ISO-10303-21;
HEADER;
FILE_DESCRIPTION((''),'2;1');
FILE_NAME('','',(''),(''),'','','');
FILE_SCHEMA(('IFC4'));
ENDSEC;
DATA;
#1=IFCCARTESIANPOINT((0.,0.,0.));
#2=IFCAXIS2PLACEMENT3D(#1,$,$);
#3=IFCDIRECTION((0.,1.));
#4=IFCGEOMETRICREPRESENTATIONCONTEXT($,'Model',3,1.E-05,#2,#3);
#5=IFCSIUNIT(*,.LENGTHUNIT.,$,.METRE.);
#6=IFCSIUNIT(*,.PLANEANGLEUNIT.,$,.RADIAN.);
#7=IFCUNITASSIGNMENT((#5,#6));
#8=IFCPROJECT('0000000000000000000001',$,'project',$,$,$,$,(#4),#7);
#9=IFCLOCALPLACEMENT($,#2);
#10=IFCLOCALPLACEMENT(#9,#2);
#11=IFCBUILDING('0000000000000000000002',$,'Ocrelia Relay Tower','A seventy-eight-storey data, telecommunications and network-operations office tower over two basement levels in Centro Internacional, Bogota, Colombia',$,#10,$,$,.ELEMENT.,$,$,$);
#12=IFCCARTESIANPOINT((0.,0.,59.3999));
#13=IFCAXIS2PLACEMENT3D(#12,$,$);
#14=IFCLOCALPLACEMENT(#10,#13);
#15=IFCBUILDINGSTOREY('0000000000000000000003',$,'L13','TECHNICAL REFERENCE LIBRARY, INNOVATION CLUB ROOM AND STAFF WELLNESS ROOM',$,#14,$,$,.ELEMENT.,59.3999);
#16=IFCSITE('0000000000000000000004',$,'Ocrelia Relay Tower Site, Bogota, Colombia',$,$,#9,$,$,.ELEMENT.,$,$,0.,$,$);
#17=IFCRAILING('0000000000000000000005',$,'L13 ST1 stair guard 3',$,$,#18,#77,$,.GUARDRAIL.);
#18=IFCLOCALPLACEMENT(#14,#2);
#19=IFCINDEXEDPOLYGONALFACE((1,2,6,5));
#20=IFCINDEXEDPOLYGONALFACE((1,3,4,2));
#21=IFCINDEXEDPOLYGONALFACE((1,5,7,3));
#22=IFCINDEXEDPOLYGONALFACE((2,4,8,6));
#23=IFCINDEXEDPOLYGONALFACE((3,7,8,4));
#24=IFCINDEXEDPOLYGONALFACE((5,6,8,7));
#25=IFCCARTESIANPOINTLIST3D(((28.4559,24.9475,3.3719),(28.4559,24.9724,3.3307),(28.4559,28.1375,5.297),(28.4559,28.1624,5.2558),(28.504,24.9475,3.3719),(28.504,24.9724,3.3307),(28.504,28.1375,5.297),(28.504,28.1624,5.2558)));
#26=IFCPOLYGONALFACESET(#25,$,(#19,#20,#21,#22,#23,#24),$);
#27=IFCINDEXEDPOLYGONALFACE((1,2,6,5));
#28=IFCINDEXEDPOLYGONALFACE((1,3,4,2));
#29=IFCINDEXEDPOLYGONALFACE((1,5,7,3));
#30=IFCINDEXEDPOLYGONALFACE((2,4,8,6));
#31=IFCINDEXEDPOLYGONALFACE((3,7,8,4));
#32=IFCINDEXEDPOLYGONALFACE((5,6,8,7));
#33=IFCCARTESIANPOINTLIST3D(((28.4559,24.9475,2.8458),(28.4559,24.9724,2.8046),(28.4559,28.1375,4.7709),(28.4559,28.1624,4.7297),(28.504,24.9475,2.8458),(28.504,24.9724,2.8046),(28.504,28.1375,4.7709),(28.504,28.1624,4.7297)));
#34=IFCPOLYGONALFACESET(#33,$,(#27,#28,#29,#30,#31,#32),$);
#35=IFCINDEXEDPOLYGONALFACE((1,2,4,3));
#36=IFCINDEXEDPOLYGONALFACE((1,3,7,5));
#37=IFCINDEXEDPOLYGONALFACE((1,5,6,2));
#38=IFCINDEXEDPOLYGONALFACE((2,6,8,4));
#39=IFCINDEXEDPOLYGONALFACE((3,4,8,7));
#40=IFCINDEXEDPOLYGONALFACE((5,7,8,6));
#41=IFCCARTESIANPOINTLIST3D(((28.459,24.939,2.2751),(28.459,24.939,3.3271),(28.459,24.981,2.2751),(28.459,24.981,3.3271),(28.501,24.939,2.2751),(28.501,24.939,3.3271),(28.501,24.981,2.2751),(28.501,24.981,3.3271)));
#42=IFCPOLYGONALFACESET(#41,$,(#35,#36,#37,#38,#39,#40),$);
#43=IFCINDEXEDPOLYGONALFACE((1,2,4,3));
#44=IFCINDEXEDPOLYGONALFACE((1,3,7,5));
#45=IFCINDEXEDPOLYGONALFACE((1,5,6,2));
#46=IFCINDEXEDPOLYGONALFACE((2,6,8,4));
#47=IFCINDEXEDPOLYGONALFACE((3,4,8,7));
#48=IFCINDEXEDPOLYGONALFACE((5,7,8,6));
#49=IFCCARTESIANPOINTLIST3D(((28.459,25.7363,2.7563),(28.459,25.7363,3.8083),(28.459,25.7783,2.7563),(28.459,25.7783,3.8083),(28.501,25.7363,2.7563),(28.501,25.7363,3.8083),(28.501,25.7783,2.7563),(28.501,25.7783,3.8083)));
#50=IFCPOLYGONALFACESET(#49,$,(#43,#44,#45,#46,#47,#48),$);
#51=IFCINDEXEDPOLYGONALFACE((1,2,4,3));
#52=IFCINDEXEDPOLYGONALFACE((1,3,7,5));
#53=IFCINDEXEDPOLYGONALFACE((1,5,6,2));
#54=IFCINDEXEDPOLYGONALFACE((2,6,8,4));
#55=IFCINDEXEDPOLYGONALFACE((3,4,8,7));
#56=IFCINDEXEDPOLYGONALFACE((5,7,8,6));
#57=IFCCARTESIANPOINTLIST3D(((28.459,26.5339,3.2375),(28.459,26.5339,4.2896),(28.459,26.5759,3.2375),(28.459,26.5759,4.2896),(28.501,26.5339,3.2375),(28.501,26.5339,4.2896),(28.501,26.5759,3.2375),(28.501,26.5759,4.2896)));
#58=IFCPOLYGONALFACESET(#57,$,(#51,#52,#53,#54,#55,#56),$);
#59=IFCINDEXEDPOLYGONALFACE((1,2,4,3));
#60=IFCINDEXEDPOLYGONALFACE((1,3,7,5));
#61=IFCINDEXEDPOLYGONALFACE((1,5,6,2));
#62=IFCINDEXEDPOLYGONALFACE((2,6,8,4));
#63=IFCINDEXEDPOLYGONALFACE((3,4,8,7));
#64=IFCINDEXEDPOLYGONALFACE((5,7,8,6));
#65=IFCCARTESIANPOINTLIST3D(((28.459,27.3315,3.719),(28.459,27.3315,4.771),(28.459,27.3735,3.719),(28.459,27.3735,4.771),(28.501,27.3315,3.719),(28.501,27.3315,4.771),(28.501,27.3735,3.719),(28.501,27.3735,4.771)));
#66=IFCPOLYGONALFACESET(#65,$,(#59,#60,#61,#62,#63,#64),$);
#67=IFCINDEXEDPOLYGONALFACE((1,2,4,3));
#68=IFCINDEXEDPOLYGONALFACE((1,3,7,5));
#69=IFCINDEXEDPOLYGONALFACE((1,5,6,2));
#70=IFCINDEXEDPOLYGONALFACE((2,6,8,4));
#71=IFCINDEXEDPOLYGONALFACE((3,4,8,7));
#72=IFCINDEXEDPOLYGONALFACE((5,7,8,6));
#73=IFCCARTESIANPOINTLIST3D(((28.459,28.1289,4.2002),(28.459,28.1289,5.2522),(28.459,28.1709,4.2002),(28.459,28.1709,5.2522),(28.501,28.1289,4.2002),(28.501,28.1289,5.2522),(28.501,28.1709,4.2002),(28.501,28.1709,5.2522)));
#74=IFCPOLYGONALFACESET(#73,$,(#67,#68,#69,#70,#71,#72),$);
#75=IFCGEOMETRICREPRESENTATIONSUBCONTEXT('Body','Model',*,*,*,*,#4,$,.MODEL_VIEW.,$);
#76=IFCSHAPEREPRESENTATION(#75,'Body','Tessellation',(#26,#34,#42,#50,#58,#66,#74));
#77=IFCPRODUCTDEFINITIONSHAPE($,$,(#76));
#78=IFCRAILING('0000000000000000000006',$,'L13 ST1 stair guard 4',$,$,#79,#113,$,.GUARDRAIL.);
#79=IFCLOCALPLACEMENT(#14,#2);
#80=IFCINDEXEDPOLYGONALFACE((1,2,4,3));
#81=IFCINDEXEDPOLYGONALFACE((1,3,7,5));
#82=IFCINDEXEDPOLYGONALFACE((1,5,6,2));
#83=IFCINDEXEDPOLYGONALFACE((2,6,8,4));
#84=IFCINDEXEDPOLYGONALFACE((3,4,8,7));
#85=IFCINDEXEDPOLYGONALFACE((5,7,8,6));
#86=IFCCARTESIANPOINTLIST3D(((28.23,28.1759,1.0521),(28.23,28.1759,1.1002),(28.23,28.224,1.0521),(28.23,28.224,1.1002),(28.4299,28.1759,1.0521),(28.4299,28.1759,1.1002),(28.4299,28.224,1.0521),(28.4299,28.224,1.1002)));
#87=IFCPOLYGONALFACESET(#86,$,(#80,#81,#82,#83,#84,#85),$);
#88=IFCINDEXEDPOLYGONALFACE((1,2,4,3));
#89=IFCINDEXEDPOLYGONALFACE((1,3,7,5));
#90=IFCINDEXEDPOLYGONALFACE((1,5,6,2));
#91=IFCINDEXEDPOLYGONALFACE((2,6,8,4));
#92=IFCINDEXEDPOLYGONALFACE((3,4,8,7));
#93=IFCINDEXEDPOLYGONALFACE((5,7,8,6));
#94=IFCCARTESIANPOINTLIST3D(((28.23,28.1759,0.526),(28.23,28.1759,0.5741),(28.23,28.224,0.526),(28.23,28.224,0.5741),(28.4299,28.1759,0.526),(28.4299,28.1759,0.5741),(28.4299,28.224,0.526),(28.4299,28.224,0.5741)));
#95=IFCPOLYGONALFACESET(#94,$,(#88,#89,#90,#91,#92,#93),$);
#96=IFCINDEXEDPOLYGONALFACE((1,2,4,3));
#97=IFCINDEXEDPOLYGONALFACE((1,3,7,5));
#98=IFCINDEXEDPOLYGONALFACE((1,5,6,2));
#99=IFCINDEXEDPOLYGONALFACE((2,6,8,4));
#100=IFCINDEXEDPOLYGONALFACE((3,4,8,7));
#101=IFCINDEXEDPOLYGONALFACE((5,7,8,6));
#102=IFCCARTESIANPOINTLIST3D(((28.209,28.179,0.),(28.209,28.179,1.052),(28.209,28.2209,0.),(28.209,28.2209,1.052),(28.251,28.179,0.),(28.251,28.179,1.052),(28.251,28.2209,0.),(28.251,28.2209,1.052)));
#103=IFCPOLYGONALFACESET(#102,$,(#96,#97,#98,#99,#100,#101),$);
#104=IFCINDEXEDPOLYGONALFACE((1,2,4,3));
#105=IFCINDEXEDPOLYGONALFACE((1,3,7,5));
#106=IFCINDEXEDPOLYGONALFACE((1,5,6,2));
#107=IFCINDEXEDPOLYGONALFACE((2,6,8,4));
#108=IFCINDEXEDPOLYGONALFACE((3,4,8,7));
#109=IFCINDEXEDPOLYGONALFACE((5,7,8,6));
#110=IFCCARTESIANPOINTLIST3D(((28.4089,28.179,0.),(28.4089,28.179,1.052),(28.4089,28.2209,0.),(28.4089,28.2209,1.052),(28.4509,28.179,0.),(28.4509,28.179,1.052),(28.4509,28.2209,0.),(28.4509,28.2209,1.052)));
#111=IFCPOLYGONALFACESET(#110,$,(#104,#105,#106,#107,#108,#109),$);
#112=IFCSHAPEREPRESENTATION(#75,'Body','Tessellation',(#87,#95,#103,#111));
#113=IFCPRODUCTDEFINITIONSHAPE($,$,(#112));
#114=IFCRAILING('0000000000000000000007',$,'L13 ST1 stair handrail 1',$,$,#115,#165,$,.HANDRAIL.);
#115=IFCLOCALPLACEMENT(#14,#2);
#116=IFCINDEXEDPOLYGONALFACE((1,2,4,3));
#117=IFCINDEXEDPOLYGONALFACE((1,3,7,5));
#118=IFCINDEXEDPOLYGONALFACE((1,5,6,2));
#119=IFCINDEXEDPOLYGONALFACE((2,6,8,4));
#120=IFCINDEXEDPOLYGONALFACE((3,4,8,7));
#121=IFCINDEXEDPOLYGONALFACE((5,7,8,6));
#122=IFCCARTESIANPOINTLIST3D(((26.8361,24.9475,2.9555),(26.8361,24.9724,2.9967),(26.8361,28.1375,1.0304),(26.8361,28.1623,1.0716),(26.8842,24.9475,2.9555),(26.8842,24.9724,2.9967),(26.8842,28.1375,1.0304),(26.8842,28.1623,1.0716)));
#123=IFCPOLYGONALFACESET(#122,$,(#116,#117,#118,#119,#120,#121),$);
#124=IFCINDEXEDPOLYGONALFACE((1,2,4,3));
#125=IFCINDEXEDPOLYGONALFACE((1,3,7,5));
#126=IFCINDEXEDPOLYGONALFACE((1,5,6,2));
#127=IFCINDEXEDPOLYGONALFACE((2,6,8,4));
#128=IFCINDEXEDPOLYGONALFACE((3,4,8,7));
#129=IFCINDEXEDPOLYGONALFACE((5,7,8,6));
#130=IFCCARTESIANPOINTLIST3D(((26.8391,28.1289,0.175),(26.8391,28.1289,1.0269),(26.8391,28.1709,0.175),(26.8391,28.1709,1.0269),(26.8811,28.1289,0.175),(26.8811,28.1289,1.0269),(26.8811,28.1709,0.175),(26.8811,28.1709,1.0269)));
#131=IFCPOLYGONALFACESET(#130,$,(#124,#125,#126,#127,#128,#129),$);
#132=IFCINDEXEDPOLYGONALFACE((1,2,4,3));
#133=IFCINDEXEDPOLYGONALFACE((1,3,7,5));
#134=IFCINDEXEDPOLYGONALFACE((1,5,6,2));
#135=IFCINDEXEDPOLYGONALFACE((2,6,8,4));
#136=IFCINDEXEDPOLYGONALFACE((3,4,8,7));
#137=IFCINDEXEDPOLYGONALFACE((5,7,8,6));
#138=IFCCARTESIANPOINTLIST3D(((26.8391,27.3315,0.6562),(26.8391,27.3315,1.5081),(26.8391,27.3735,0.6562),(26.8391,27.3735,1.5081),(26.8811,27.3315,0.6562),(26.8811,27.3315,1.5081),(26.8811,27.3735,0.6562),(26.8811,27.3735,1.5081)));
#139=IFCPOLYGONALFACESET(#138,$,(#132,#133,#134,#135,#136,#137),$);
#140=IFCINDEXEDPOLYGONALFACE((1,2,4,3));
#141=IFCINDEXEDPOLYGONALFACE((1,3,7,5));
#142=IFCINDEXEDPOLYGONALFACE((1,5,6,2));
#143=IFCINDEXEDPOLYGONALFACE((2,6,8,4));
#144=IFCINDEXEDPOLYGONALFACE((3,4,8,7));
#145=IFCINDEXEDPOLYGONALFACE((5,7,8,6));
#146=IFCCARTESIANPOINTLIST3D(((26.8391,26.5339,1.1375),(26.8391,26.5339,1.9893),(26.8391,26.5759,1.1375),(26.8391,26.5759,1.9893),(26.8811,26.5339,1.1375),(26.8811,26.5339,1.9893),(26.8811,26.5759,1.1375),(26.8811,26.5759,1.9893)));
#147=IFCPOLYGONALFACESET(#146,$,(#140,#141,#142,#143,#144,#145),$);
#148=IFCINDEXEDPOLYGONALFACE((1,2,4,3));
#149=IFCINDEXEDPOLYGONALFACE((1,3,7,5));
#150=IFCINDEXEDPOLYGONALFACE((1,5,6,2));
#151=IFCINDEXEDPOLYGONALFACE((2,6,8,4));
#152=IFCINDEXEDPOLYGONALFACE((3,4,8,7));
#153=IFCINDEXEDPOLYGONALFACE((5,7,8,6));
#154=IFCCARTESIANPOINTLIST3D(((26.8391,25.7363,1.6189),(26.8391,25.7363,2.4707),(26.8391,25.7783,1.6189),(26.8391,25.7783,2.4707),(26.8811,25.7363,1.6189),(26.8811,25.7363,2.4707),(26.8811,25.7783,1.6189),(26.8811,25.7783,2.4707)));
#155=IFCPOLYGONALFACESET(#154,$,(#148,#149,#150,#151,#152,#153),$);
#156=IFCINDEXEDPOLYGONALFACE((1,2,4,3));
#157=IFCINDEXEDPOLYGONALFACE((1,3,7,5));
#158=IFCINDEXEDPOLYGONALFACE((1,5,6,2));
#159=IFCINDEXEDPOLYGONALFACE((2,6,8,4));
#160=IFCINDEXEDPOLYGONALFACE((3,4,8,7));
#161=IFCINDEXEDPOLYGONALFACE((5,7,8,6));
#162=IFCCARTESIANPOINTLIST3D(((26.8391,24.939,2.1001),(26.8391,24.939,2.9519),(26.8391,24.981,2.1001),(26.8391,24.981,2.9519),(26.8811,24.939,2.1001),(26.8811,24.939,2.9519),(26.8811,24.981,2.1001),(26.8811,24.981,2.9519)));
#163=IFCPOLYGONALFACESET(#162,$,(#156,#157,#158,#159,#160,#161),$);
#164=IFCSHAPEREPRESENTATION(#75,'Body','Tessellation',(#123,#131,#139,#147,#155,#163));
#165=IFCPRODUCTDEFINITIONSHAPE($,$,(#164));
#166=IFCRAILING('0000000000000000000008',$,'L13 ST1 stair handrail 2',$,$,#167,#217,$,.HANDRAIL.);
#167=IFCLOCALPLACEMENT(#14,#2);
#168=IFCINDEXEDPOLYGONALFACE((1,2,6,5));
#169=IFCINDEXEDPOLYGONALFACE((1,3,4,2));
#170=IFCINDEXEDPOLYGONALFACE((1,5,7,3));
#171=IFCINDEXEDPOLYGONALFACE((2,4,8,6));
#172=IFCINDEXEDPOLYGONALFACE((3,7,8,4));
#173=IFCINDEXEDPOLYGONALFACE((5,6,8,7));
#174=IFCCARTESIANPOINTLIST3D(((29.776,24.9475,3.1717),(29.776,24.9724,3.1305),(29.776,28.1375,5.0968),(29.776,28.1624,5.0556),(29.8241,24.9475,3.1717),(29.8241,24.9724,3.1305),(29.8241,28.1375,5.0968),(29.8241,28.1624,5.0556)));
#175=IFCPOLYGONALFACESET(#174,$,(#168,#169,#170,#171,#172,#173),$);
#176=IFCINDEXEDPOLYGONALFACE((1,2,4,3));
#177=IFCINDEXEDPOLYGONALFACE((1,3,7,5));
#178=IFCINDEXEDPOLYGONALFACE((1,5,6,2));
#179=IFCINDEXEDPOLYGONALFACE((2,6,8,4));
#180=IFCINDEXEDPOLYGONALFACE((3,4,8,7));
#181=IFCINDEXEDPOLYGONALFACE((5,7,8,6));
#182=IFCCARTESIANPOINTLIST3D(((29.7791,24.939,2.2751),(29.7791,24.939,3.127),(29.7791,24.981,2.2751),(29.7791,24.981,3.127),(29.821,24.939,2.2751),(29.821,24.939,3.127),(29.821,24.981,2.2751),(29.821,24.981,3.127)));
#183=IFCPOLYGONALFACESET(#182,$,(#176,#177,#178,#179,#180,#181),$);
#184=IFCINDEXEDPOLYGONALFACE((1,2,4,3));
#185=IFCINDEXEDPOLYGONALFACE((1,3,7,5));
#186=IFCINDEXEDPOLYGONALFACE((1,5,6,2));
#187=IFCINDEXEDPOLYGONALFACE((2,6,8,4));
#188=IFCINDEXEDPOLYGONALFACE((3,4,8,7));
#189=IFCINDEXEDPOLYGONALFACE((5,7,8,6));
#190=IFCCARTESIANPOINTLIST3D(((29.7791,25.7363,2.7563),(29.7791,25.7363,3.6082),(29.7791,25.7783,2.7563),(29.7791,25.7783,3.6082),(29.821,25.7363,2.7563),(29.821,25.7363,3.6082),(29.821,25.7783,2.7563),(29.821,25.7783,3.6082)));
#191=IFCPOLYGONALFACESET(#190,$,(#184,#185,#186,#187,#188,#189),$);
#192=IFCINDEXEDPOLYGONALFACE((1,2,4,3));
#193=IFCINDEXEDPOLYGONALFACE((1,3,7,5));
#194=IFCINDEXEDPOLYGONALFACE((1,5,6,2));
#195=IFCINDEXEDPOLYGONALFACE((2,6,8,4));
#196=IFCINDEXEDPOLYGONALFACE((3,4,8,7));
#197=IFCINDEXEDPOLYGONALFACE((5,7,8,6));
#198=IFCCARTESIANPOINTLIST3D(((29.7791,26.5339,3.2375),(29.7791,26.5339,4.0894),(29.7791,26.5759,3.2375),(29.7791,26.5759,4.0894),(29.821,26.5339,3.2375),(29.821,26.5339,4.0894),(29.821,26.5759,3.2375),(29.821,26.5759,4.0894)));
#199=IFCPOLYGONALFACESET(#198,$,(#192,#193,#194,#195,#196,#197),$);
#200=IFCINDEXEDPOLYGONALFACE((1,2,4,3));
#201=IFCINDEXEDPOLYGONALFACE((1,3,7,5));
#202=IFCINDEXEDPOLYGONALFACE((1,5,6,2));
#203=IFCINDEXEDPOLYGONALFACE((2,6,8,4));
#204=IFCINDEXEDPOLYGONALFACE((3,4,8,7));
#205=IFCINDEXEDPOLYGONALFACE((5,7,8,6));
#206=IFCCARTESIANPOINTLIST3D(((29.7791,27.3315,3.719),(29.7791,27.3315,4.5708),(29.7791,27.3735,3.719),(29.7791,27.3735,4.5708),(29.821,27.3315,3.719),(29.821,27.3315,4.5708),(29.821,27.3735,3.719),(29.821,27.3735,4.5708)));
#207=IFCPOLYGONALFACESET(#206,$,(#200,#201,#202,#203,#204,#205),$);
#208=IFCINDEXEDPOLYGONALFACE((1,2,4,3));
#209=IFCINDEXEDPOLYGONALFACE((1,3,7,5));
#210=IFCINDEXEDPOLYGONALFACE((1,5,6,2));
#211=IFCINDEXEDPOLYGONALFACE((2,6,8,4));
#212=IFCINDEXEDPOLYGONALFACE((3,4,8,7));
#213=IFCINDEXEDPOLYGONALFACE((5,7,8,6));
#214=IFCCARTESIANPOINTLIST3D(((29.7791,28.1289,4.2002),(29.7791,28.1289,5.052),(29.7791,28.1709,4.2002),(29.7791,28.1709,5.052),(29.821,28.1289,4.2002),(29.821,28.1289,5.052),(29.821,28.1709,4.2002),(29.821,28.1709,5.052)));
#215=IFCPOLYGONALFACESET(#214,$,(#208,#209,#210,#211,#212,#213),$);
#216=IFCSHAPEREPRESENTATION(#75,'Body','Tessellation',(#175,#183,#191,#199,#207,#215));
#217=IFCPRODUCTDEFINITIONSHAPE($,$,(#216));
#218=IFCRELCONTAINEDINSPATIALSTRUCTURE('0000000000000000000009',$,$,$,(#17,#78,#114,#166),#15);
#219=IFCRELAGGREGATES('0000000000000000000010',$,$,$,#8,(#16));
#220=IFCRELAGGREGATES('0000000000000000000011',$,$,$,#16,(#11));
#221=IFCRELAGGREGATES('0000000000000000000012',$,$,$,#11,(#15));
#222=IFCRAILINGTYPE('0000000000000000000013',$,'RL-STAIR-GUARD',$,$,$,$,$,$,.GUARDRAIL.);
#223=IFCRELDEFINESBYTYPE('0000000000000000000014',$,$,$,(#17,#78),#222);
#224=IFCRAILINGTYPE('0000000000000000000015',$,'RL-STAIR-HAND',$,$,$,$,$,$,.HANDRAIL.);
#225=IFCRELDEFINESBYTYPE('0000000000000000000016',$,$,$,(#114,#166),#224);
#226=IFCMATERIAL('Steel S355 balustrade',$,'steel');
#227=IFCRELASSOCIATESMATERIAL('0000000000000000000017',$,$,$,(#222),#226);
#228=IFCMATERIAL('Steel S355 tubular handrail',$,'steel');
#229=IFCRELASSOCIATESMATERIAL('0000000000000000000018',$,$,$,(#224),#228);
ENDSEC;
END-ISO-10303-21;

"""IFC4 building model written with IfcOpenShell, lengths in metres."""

from ifc_helpers import new_model, si_unit, direction, frame, origin, origin_2d, place, context, subcontext, project, spatial, rectangle, extrude, material, type_object, element, save


model = new_model("IFC4")

# Units and contexts
model_context = context("Model", 3, precision=1e-05, world=origin(), true_north=direction((0.0, 1.0)))
body_context = subcontext(model_context, "Body", "Model", "MODEL_VIEW")
ifc_project = project(units=[si_unit("LENGTHUNIT", "METRE"), si_unit("PLANEANGLEUNIT", "RADIAN")], contexts=[model_context])

# Site, building, storey
site_placement = place(None, origin())
site = spatial("IfcSite", under=ifc_project, at=site_placement, Name="Ocrelia Relay Tower Site, Bogota, Colombia", CompositionType="ELEMENT", RefElevation=0.0)
building_placement = place(site_placement, origin())
building = spatial("IfcBuilding", under=site, at=building_placement, Name="Ocrelia Relay Tower", Description="A seventy-eight-storey data, telecommunications and network-operations office tower over two basement levels in Centro Internacional, Bogota, Colombia", CompositionType="ELEMENT")
storey_placement = place(building_placement, frame((0.0, 0.0, 59.3999)))
storey = spatial("IfcBuildingStorey", under=building, at=storey_placement, Name="L13", Description="TECHNICAL REFERENCE LIBRARY, INNOVATION CLUB ROOM AND STAFF WELLNESS ROOM", CompositionType="ELEMENT", Elevation=59.3999)

# Railings
ifc_material_1 = material(Name="Steel S355 balustrade", Category="steel")
railing_type_1 = type_object("IfcRailingType", Name="RL-STAIR-GUARD", PredefinedType="GUARDRAIL", material=ifc_material_1)
railing_1_placement = place(storey_placement, frame((28.48, 24.96, 2.2751)))
element("IfcRailing", 1, at=railing_1_placement, inside=storey, type_object=railing_type_1, Name="L13 ST1 stair guard 3", PredefinedType="GUARDRAIL", context=body_context, shape_type="SweptSolid", body=[
    extrude(rectangle(XDim=0.0481, YDim=0.0481, at=origin_2d()), frame((0.0, 0.0, 1.0762), z_axis=(0.0, 0.856178, 0.516682), x_axis=(-1.0, 0.0, 0.0)), (0.0, 0.0, 1.0), 3.7258),
    extrude(rectangle(XDim=0.0481, YDim=0.0481, at=origin_2d()), frame((0.0, 0.0, 0.55), z_axis=(0.0, 0.856178, 0.516682), x_axis=(-1.0, 0.0, 0.0)), (0.0, 0.0, 1.0), 3.7258),
    extrude(rectangle(XDim=0.042, YDim=0.042, at=origin_2d()), origin(), (0.0, 0.0, 1.0), 1.052),
    extrude(rectangle(XDim=0.042, YDim=0.042, at=origin_2d()), frame((0.0, 0.7974, 0.4812)), (0.0, 0.0, 1.0), 1.052),
    extrude(rectangle(XDim=0.042, YDim=0.042, at=origin_2d()), frame((0.0, 1.595, 0.9624)), (0.0, 0.0, 1.0), 1.052),
    extrude(rectangle(XDim=0.042, YDim=0.042, at=origin_2d()), frame((0.0, 2.3926, 1.4438)), (0.0, 0.0, 1.0), 1.052),
    extrude(rectangle(XDim=0.042, YDim=0.042, at=origin_2d()), frame((0.0, 3.1899, 1.925)), (0.0, 0.0, 1.0), 1.052),
])
railing_2_placement = place(storey_placement, frame((28.23, 28.2, 0.0)))
element("IfcRailing", 2, at=railing_2_placement, inside=storey, type_object=railing_type_1, Name="L13 ST1 stair guard 4", PredefinedType="GUARDRAIL", context=body_context, shape_type="SweptSolid", body=[
    extrude(rectangle(XDim=0.0481, YDim=0.0481, at=origin_2d()), frame((0.0, 0.0, 1.0762), z_axis=(1.0, 0.0, 0.0), x_axis=(0.0, 1.0, 0.0)), (0.0, 0.0, 1.0), 0.2),
    extrude(rectangle(XDim=0.0481, YDim=0.0481, at=origin_2d()), frame((0.0, 0.0, 0.55), z_axis=(1.0, 0.0, 0.0), x_axis=(0.0, 1.0, 0.0)), (0.0, 0.0, 1.0), 0.2),
    extrude(rectangle(XDim=0.042, YDim=0.042, at=origin_2d()), origin(), (0.0, 0.0, 1.0), 1.052),
    extrude(rectangle(XDim=0.042, YDim=0.042, at=origin_2d()), frame((0.2, 0.0, 0.0)), (0.0, 0.0, 1.0), 1.052),
])
ifc_material_2 = material(Name="Steel S355 tubular handrail", Category="steel")
railing_type_2 = type_object("IfcRailingType", Name="RL-STAIR-HAND", PredefinedType="HANDRAIL", material=ifc_material_2)
railing_3_placement = place(storey_placement, frame((26.8601, 28.1499, 0.175)))
element("IfcRailing", 3, at=railing_3_placement, inside=storey, type_object=railing_type_2, Name="L13 ST1 stair handrail 1", PredefinedType="HANDRAIL", context=body_context, shape_type="SweptSolid", body=[
    extrude(rectangle(XDim=0.0481, YDim=0.0481, at=origin_2d()), frame((0.0, 0.0, 0.876), z_axis=(0.0, -0.856178, 0.516682), x_axis=(1.0, 0.0, 0.0)), (0.0, 0.0, 1.0), 3.7258),
    extrude(rectangle(XDim=0.042, YDim=0.042, at=origin_2d()), origin(), (0.0, 0.0, 1.0), 0.8518),
    extrude(rectangle(XDim=0.042, YDim=0.042, at=origin_2d()), frame((0.0, -0.7974, 0.4812)), (0.0, 0.0, 1.0), 0.8518),
    extrude(rectangle(XDim=0.042, YDim=0.042, at=origin_2d()), frame((0.0, -1.595, 0.9624)), (0.0, 0.0, 1.0), 0.8518),
    extrude(rectangle(XDim=0.042, YDim=0.042, at=origin_2d()), frame((0.0, -2.3926, 1.4438)), (0.0, 0.0, 1.0), 0.8518),
    extrude(rectangle(XDim=0.042, YDim=0.042, at=origin_2d()), frame((0.0, -3.1899, 1.925)), (0.0, 0.0, 1.0), 0.8518),
])
railing_4_placement = place(storey_placement, frame((29.8, 24.96, 2.2751)))
element("IfcRailing", 4, at=railing_4_placement, inside=storey, type_object=railing_type_2, Name="L13 ST1 stair handrail 2", PredefinedType="HANDRAIL", context=body_context, shape_type="SweptSolid", body=[
    extrude(rectangle(XDim=0.0481, YDim=0.0481, at=origin_2d()), frame((0.0, 0.0, 0.876), z_axis=(0.0, 0.856178, 0.516682), x_axis=(-1.0, 0.0, 0.0)), (0.0, 0.0, 1.0), 3.7258),
    extrude(rectangle(XDim=0.042, YDim=0.042, at=origin_2d()), origin(), (0.0, 0.0, 1.0), 0.8518),
    extrude(rectangle(XDim=0.042, YDim=0.042, at=origin_2d()), frame((0.0, 0.7974, 0.4812)), (0.0, 0.0, 1.0), 0.8518),
    extrude(rectangle(XDim=0.042, YDim=0.042, at=origin_2d()), frame((0.0, 1.595, 0.9624)), (0.0, 0.0, 1.0), 0.8518),
    extrude(rectangle(XDim=0.042, YDim=0.042, at=origin_2d()), frame((0.0, 2.3926, 1.4438)), (0.0, 0.0, 1.0), 0.8518),
    extrude(rectangle(XDim=0.042, YDim=0.042, at=origin_2d()), frame((0.0, 3.1899, 1.925)), (0.0, 0.0, 1.0), 0.8518),
])

save(model, "model.ifc")
